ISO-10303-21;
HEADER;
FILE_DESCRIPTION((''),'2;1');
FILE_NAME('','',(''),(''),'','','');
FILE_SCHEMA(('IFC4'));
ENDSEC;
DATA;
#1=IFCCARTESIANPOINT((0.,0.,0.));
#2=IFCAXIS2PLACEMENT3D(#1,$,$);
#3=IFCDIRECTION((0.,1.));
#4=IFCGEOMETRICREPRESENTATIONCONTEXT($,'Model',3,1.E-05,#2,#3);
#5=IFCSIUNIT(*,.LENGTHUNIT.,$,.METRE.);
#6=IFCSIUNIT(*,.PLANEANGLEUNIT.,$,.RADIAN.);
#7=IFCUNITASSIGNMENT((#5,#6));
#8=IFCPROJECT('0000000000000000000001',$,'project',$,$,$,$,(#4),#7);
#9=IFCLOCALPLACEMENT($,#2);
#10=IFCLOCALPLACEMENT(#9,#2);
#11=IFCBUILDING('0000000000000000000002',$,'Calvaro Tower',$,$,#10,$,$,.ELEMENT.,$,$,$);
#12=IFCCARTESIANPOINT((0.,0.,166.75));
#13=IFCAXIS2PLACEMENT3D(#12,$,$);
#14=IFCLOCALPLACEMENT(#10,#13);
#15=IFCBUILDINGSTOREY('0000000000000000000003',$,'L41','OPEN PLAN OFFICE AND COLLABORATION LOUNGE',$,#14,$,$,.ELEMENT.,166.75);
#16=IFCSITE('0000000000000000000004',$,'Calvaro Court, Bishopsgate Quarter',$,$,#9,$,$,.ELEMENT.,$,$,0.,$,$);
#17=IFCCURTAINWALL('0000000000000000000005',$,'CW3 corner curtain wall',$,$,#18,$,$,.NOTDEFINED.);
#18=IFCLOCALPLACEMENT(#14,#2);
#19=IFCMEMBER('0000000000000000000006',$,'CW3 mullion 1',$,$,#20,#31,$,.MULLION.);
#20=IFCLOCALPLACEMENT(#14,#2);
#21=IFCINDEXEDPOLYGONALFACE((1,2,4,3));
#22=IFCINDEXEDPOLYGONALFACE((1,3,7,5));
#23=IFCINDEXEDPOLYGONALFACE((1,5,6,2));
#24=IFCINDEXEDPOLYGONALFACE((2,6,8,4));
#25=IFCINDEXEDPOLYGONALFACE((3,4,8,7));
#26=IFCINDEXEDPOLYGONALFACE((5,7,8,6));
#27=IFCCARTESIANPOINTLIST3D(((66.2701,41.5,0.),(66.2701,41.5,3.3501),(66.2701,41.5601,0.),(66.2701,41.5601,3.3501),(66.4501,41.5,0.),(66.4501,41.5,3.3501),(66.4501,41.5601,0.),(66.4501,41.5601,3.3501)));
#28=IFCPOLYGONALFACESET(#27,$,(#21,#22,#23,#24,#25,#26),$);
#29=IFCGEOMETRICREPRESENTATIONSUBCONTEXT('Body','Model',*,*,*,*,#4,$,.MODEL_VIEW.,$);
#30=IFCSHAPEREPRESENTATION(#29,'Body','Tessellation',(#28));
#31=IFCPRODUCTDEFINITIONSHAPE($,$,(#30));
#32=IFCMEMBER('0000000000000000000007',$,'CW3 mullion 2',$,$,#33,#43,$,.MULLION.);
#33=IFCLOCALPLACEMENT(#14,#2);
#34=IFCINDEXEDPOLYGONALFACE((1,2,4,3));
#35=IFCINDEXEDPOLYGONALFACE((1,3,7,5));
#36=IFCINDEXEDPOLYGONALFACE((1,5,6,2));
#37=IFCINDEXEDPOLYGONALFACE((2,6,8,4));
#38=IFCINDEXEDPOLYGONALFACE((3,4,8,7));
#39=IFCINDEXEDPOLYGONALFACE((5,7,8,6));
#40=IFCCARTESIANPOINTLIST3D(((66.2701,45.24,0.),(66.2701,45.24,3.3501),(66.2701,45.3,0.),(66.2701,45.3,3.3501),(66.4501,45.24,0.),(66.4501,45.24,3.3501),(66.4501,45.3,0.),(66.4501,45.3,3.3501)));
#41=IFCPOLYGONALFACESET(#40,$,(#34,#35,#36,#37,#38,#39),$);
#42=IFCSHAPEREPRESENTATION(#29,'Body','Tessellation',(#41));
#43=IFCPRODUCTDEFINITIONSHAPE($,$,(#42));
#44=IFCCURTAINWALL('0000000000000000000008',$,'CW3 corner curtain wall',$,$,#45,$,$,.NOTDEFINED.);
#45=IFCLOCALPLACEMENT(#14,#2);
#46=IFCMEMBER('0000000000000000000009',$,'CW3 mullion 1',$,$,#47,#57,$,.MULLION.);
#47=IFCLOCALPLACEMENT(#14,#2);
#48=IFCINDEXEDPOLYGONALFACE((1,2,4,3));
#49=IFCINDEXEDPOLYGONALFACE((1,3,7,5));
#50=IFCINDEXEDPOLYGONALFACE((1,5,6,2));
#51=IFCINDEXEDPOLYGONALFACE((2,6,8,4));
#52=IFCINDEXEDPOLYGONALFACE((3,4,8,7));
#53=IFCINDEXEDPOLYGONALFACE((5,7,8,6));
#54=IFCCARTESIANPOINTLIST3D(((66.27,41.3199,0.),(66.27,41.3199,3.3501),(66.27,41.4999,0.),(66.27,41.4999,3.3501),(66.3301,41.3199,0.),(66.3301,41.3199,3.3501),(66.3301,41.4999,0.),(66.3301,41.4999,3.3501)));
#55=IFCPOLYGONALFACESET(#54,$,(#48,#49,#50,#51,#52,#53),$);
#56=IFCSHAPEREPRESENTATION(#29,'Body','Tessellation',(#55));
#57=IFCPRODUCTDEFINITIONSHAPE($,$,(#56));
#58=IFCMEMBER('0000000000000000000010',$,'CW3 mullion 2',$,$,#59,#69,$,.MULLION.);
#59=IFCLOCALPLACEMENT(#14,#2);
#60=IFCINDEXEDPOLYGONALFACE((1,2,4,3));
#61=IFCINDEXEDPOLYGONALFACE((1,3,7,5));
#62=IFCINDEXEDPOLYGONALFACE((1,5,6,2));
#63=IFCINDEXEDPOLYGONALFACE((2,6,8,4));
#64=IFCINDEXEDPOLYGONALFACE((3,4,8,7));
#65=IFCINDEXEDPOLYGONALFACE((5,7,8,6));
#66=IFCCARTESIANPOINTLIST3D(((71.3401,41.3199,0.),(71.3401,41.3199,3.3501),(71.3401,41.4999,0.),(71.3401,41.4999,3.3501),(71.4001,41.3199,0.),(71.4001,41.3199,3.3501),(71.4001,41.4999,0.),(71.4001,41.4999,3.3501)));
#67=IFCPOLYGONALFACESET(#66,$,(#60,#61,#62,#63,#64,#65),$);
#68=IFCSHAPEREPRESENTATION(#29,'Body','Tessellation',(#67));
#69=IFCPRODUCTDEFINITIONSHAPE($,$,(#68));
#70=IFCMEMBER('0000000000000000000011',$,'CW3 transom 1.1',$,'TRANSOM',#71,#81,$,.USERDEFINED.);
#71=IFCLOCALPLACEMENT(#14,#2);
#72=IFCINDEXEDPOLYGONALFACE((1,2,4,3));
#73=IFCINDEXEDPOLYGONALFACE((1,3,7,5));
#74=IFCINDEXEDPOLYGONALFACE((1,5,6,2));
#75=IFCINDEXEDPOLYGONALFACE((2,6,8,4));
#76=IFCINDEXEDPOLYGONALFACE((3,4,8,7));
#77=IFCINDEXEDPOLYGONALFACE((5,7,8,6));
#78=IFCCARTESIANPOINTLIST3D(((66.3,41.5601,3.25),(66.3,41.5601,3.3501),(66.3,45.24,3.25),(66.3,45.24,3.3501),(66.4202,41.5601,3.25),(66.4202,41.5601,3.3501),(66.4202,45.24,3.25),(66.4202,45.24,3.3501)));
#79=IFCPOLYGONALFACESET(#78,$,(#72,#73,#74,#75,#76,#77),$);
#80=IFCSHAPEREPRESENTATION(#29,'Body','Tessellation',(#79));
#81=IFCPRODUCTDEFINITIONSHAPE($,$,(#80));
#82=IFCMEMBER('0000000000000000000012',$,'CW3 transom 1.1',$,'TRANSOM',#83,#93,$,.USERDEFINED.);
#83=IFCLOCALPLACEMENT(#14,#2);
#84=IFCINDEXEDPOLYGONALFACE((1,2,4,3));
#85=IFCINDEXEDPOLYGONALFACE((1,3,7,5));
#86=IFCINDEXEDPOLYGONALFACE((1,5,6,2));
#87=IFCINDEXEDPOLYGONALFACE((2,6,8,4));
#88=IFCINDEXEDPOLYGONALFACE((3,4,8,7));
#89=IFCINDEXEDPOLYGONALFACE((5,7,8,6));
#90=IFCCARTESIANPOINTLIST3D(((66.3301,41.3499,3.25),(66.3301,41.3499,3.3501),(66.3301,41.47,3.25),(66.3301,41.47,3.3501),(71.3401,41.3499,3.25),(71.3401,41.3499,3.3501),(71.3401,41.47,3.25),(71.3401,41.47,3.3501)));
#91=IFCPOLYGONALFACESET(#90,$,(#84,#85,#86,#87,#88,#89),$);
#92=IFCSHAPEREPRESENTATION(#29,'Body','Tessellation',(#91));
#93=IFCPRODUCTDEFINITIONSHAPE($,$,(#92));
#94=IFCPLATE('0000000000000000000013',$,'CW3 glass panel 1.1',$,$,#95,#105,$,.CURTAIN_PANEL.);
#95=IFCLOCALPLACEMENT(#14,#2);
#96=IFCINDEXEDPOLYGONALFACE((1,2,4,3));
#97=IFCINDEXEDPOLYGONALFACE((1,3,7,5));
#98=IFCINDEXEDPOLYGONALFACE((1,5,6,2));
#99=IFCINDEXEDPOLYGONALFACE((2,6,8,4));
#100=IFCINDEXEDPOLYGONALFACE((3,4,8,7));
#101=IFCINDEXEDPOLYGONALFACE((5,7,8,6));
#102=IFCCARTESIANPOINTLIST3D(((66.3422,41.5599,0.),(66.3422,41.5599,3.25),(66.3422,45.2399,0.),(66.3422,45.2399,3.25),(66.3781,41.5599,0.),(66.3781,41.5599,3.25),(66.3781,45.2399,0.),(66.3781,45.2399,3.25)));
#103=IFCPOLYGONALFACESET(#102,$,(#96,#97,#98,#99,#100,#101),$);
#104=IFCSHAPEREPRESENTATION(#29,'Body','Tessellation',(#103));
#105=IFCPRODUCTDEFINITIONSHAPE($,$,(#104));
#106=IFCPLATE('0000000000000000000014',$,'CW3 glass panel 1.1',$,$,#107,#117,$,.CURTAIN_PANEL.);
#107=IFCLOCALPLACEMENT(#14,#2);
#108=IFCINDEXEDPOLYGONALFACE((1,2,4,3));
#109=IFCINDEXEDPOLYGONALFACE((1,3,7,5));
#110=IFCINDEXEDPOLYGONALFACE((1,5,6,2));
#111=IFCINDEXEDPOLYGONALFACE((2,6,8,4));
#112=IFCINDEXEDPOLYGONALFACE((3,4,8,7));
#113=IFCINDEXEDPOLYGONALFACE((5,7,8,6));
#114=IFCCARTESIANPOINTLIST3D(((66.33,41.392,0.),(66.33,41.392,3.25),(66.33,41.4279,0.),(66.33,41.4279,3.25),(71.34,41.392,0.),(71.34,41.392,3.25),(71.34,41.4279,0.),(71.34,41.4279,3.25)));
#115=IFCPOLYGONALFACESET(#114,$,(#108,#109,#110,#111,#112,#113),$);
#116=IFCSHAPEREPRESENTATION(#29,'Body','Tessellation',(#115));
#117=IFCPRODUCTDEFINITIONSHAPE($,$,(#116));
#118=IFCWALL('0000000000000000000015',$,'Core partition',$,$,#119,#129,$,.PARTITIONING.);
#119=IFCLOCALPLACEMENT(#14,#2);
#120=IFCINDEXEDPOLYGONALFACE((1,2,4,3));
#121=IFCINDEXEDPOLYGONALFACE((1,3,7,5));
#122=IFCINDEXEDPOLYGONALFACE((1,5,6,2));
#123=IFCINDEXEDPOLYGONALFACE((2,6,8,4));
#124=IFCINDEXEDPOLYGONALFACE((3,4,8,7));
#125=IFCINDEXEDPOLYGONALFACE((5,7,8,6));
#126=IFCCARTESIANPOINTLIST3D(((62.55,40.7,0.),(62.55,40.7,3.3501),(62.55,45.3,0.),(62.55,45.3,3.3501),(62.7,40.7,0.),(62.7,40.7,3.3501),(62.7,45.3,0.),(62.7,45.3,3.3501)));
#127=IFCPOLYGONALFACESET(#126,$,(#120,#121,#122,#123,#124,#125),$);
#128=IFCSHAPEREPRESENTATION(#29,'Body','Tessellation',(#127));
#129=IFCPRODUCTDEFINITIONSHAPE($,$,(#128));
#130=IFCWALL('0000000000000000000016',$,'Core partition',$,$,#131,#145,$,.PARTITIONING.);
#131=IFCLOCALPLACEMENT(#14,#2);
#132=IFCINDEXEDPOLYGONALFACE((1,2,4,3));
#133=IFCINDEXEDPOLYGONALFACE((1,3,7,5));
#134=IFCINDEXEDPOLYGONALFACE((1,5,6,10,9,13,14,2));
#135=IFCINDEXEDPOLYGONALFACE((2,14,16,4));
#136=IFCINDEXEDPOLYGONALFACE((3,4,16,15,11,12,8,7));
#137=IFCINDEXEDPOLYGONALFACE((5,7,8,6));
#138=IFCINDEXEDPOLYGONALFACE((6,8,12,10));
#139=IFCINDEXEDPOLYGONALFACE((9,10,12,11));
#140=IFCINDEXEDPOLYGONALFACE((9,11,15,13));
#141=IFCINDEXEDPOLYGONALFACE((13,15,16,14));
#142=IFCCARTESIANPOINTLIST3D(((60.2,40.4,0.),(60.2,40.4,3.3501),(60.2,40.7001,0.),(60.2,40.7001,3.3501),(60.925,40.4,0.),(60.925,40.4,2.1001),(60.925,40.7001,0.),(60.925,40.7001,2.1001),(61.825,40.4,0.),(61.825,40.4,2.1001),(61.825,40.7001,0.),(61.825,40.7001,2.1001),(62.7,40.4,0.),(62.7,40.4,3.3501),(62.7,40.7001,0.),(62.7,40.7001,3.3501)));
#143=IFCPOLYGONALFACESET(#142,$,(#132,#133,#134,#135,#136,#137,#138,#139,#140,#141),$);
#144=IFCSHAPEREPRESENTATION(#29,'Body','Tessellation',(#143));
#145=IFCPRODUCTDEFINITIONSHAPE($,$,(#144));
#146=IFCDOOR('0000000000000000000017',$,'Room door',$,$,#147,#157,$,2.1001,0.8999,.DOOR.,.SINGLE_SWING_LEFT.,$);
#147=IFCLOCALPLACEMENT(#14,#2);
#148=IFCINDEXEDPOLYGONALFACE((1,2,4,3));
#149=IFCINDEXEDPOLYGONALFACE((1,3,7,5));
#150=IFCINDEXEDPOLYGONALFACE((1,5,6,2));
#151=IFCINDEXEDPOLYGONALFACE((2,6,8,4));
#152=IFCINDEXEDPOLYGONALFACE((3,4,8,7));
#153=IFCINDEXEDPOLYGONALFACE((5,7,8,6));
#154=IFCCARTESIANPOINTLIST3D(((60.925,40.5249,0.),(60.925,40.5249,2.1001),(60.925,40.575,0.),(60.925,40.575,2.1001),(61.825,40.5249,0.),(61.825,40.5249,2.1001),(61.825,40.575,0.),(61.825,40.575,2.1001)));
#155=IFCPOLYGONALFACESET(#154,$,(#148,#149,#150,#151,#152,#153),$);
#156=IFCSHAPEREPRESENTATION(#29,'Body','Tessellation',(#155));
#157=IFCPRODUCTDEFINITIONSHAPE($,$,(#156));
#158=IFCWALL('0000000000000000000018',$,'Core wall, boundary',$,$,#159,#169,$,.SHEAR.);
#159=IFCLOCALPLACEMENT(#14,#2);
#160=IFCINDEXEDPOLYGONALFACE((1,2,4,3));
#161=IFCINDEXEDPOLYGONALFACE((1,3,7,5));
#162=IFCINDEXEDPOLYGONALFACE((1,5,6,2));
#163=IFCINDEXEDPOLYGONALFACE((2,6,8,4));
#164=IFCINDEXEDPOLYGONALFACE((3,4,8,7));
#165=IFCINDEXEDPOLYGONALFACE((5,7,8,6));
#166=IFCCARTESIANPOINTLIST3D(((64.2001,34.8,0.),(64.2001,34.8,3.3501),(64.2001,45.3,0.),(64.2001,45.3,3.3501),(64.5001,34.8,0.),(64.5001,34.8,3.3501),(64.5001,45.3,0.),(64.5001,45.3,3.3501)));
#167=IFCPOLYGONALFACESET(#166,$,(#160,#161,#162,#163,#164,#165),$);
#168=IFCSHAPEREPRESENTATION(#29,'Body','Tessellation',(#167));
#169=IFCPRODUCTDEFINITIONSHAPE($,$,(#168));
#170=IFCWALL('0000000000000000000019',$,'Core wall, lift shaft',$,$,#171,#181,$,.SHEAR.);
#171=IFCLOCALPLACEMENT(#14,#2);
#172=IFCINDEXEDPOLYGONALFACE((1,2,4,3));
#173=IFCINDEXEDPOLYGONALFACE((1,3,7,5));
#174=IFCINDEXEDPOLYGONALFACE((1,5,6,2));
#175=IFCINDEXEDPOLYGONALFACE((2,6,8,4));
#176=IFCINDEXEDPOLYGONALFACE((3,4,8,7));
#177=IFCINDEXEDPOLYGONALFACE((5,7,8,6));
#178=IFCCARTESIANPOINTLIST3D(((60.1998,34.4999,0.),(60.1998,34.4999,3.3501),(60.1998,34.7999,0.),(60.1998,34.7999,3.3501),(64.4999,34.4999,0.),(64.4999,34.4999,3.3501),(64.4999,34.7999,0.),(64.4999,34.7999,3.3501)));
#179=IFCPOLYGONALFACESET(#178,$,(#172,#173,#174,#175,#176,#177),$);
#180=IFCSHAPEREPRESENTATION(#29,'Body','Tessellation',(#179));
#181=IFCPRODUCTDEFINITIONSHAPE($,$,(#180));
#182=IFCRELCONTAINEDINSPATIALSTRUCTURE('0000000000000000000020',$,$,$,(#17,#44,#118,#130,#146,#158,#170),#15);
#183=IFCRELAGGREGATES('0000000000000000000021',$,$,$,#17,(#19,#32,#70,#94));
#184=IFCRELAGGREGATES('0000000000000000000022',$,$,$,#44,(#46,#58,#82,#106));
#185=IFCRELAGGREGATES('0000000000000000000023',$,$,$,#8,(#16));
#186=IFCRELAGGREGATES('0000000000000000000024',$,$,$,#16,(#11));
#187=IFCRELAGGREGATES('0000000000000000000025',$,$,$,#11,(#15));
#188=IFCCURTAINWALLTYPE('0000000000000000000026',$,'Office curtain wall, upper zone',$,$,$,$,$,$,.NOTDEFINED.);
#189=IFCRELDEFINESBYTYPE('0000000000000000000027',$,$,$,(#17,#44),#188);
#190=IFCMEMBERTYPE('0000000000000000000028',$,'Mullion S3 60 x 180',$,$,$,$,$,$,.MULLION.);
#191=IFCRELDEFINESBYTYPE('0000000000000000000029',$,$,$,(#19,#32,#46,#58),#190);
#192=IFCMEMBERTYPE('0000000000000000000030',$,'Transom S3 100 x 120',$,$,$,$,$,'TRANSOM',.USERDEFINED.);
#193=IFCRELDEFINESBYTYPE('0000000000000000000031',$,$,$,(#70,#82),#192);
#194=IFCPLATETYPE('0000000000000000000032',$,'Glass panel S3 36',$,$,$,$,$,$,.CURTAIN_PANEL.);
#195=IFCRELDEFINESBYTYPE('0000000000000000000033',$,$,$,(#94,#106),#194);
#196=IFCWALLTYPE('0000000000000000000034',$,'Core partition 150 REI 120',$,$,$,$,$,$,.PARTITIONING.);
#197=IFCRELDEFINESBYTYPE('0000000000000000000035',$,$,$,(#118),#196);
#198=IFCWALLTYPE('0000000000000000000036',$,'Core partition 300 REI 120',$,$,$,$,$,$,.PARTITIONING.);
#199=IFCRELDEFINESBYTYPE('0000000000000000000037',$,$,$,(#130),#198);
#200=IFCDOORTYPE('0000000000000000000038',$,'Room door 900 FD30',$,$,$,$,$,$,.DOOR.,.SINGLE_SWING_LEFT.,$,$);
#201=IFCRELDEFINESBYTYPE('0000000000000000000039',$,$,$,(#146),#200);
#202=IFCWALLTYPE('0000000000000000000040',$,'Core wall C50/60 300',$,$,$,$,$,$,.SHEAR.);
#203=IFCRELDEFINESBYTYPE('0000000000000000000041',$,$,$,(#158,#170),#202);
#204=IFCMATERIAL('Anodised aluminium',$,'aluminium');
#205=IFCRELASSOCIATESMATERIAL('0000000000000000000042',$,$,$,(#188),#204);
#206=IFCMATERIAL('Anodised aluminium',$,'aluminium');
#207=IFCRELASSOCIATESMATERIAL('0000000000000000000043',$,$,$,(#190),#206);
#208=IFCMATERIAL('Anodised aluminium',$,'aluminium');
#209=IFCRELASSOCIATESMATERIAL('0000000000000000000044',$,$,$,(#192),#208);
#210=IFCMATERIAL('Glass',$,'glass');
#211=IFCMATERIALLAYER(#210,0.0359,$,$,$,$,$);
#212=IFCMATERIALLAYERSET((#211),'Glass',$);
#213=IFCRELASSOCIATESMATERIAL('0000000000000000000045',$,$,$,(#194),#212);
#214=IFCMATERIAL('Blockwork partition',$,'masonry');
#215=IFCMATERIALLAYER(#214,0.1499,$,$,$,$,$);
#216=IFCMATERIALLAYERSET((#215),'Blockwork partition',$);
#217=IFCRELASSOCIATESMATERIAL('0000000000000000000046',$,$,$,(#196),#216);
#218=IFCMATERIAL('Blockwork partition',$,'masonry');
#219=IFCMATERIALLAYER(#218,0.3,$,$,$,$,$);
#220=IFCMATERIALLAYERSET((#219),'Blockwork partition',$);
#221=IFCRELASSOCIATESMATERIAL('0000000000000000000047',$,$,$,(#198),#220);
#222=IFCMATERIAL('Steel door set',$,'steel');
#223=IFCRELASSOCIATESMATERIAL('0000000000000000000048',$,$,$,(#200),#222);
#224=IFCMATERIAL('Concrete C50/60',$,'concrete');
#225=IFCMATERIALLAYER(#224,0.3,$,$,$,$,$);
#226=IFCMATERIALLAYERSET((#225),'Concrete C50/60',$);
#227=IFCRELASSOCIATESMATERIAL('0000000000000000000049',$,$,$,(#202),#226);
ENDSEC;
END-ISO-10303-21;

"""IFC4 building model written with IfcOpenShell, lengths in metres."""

from ifc_helpers import new_model, si_unit, direction, frame, frame_2d, origin, origin_2d, place, context, subcontext, project, spatial, rectangle, extrude, material, layer, layer_set, material_profile, profile_set, type_object, element, fill, aggregate, save


model = new_model("IFC4")

# Units and contexts
model_context = context("Model", 3, precision=1e-05, world=origin(), true_north=direction((0.0, 1.0)))
body_context = subcontext(model_context, "Body", "Model", "MODEL_VIEW")
ifc_project = project(units=[si_unit("LENGTHUNIT", "METRE"), si_unit("PLANEANGLEUNIT", "RADIAN")], contexts=[model_context])

# Site, building, storey
site_placement = place(None, origin())
site = spatial("IfcSite", under=ifc_project, at=site_placement, Name="Calvaro Court, Bishopsgate Quarter", CompositionType="ELEMENT", RefElevation=0.0)
building_placement = place(site_placement, origin())
building = spatial("IfcBuilding", under=site, at=building_placement, Name="Calvaro Tower", CompositionType="ELEMENT")
storey_placement = place(building_placement, frame((0.0, 0.0, 166.75)))
storey = spatial("IfcBuildingStorey", under=building, at=storey_placement, Name="L41", Description="OPEN PLAN OFFICE AND COLLABORATION LOUNGE", CompositionType="ELEMENT", Elevation=166.75)

# Curtain walls, members
ifc_material_1 = material(Name="Anodised aluminium", Category="aluminium")
curtain_wall_type = type_object("IfcCurtainWallType", Name="Office curtain wall, upper zone", PredefinedType="NOTDEFINED", material=ifc_material_1)
curtain_wall_1_placement = place(storey_placement, origin())
curtain_wall_1 = element("IfcCurtainWall", 1, at=curtain_wall_1_placement, inside=storey, type_object=curtain_wall_type, Name="CW3 corner curtain wall", PredefinedType="NOTDEFINED")
ifc_material_2 = material(Name="Anodised aluminium", Category="aluminium")
ifc_material_profile_1 = material_profile(ifc_material_2, rectangle(XDim=0.1799, YDim=0.0601, at=origin_2d()), Name="Mullion S3 60 x 180")
ifc_profile_set_1 = profile_set([ifc_material_profile_1], Name="Anodised aluminium")
member_type_1 = type_object("IfcMemberType", Name="Mullion S3 60 x 180", PredefinedType="MULLION", material=ifc_profile_set_1)
member_1_placement = place(storey_placement, frame((66.3601, 41.53, 0.0), z_axis=(0.0, 0.0, 1.0), x_axis=(-1.0, 0.0, 0.0)))
member_1 = element("IfcMember", 2, at=member_1_placement, type_object=member_type_1, Name="CW3 mullion 1", PredefinedType="MULLION", context=body_context, shape_type="SweptSolid", body=[
    extrude(rectangle(XDim=0.1799, YDim=0.0601, at=origin_2d()), origin(), (0.0, 0.0, 1.0), 3.3501),
])
member_2_placement = place(storey_placement, frame((66.3601, 45.27, 0.0), z_axis=(0.0, 0.0, 1.0), x_axis=(-1.0, 0.0, 0.0)))
member_2 = element("IfcMember", 3, at=member_2_placement, type_object=member_type_1, Name="CW3 mullion 2", PredefinedType="MULLION", context=body_context, shape_type="SweptSolid", body=[
    extrude(rectangle(XDim=0.1799, YDim=0.0601, at=origin_2d()), origin(), (0.0, 0.0, 1.0), 3.3501),
])
curtain_wall_2_placement = place(storey_placement, origin())
curtain_wall_2 = element("IfcCurtainWall", 4, at=curtain_wall_2_placement, inside=storey, type_object=curtain_wall_type, Name="CW3 corner curtain wall", PredefinedType="NOTDEFINED")
member_3_placement = place(storey_placement, frame((66.3, 41.4099, 0.0), z_axis=(0.0, 0.0, 1.0), x_axis=(0.0, 1.0, 0.0)))
member_3 = element("IfcMember", 5, at=member_3_placement, type_object=member_type_1, Name="CW3 mullion 1", PredefinedType="MULLION", context=body_context, shape_type="SweptSolid", body=[
    extrude(rectangle(XDim=0.1799, YDim=0.0601, at=origin_2d()), origin(), (0.0, 0.0, 1.0), 3.3501),
])
member_4_placement = place(storey_placement, frame((71.3701, 41.4099, 0.0), z_axis=(0.0, 0.0, 1.0), x_axis=(0.0, 1.0, 0.0)))
member_4 = element("IfcMember", 6, at=member_4_placement, type_object=member_type_1, Name="CW3 mullion 2", PredefinedType="MULLION", context=body_context, shape_type="SweptSolid", body=[
    extrude(rectangle(XDim=0.1799, YDim=0.0601, at=origin_2d()), origin(), (0.0, 0.0, 1.0), 3.3501),
])

# Members
ifc_material_3 = material(Name="Anodised aluminium", Category="aluminium")
ifc_material_profile_2 = material_profile(ifc_material_3, rectangle(XDim=0.1201, YDim=0.1001, at=origin_2d()), Name="Transom S3 100 x 120")
ifc_profile_set_2 = profile_set([ifc_material_profile_2], Name="Anodised aluminium")
member_type_2 = type_object("IfcMemberType", Name="Transom S3 100 x 120", ElementType="TRANSOM", PredefinedType="USERDEFINED", material=ifc_profile_set_2)
member_5_placement = place(storey_placement, frame((66.3601, 41.5601, 3.3), z_axis=(0.0, 1.0, 0.0), x_axis=(-1.0, 0.0, 0.0)))
member_5 = element("IfcMember", 7, at=member_5_placement, type_object=member_type_2, Name="CW3 transom 1.1", ObjectType="TRANSOM", PredefinedType="USERDEFINED", context=body_context, shape_type="SweptSolid", body=[
    extrude(rectangle(XDim=0.1201, YDim=0.1001, at=origin_2d()), origin(), (0.0, 0.0, 1.0), 3.6799),
])
member_6_placement = place(storey_placement, frame((66.3301, 41.4099, 3.3), z_axis=(1.0, 0.0, 0.0), x_axis=(0.0, 1.0, 0.0)))
member_6 = element("IfcMember", 8, at=member_6_placement, type_object=member_type_2, Name="CW3 transom 1.1", ObjectType="TRANSOM", PredefinedType="USERDEFINED", context=body_context, shape_type="SweptSolid", body=[
    extrude(rectangle(XDim=0.1201, YDim=0.1001, at=origin_2d()), origin(), (0.0, 0.0, 1.0), 5.01),
])

# Plates
ifc_material_4 = material(Name="Glass", Category="glass")
ifc_layer_1 = layer(ifc_material_4, 0.0359)
ifc_layer_set_1 = layer_set([ifc_layer_1], Name="Glass")
plate_type = type_object("IfcPlateType", Name="Glass panel S3 36", PredefinedType="CURTAIN_PANEL", material=ifc_layer_set_1)
plate_1_placement = place(storey_placement, frame((66.3601, 43.3999, 0.0), z_axis=(0.0, 0.0, 1.0), x_axis=(0.0, 1.0, 0.0)))
plate_1 = element("IfcPlate", 9, at=plate_1_placement, type_object=plate_type, Name="CW3 glass panel 1.1", PredefinedType="CURTAIN_PANEL", context=body_context, shape_type="SweptSolid", body=[
    extrude(rectangle(XDim=3.6799, YDim=0.0359, at=origin_2d()), origin(), (0.0, 0.0, 1.0), 3.25),
])
aggregate(curtain_wall_1, [member_1, member_2, member_5, plate_1])
plate_2_placement = place(storey_placement, frame((68.835, 41.4099, 0.0), z_axis=(0.0, 0.0, 1.0), x_axis=(1.0, 0.0, 0.0)))
plate_2 = element("IfcPlate", 10, at=plate_2_placement, type_object=plate_type, Name="CW3 glass panel 1.1", PredefinedType="CURTAIN_PANEL", context=body_context, shape_type="SweptSolid", body=[
    extrude(rectangle(XDim=5.01, YDim=0.0359, at=origin_2d()), origin(), (0.0, 0.0, 1.0), 3.25),
])
aggregate(curtain_wall_2, [member_3, member_4, member_6, plate_2])

# Wall
ifc_material_5 = material(Name="Blockwork partition", Category="masonry")
ifc_layer_2 = layer(ifc_material_5, 0.1499)
ifc_layer_set_2 = layer_set([ifc_layer_2], Name="Blockwork partition")
wall_type_1 = type_object("IfcWallType", Name="Core partition 150 REI 120", PredefinedType="PARTITIONING", material=ifc_layer_set_2)
wall_1_placement = place(storey_placement, frame((62.625, 40.7, 0.0), z_axis=(0.0, 0.0, 1.0), x_axis=(0.0, 1.0, 0.0)))
element("IfcWall", 11, at=wall_1_placement, inside=storey, type_object=wall_type_1, Name="Core partition", PredefinedType="PARTITIONING", context=body_context, shape_type="SweptSolid", body=[
    extrude(rectangle(XDim=4.6001, YDim=0.1499, at=frame_2d((2.3, 0.0))), origin(), (0.0, 0.0, 1.0), 3.3501),
])

# Wall, opening, door
ifc_material_6 = material(Name="Blockwork partition", Category="masonry")
ifc_layer_3 = layer(ifc_material_6, 0.3)
ifc_layer_set_3 = layer_set([ifc_layer_3], Name="Blockwork partition")
wall_type_2 = type_object("IfcWallType", Name="Core partition 300 REI 120", PredefinedType="PARTITIONING", material=ifc_layer_set_3)
wall_2_placement = place(storey_placement, frame((60.2, 40.55, 0.0), z_axis=(0.0, 0.0, 1.0), x_axis=(1.0, 0.0, 0.0)))
wall_2 = element("IfcWall", 12, at=wall_2_placement, inside=storey, type_object=wall_type_2, Name="Core partition", PredefinedType="PARTITIONING", context=body_context, shape_type="SweptSolid", body=[
    extrude(rectangle(XDim=2.5, YDim=0.3, at=frame_2d((1.25, 0.0))), origin(), (0.0, 0.0, 1.0), 3.3501),
])
opening_1_placement = place(wall_2_placement, frame((0.7251, 0.0, 0.0)))
opening_1 = element("IfcOpeningElement", 13, at=opening_1_placement, cuts=wall_2, PredefinedType="OPENING", context=body_context, shape_type="SweptSolid", body=[
    extrude(rectangle(XDim=0.8999, YDim=2.1001, at=frame_2d((0.45, 1.05))), frame((0.0, 0.1599, 0.0), z_axis=(0.0, -1.0, 0.0), x_axis=(1.0, 0.0, 0.0)), (0.0, 0.0, 1.0), 0.3201),
])
ifc_material_7 = material(Name="Steel door set", Category="steel")
door_type_1 = type_object("IfcDoorType", Name="Room door 900 FD30", OperationType="SINGLE_SWING_LEFT", PredefinedType="DOOR", material=ifc_material_7)
door_1_placement = place(opening_1_placement, origin())
door_1 = element("IfcDoor", 14, at=door_1_placement, inside=storey, type_object=door_type_1, Name="Room door", OperationType="SINGLE_SWING_LEFT", OverallHeight=2.1001, OverallWidth=0.8999, PredefinedType="DOOR", context=body_context, shape_type="SweptSolid", body=[
    extrude(rectangle(XDim=0.8999, YDim=2.1001, at=frame_2d((0.45, 1.05))), frame((0.0, 0.0249, 0.0), z_axis=(0.0, -1.0, 0.0), x_axis=(1.0, 0.0, 0.0)), (0.0, 0.0, 1.0), 0.05),
])
fill(opening_1, door_1)

# Walls
ifc_material_8 = material(Name="Concrete C50/60", Category="concrete")
ifc_layer_4 = layer(ifc_material_8, 0.3)
ifc_layer_set_4 = layer_set([ifc_layer_4], Name="Concrete C50/60")
wall_type_3 = type_object("IfcWallType", Name="Core wall C50/60 300", PredefinedType="SHEAR", material=ifc_layer_set_4)
wall_3_placement = place(storey_placement, frame((64.3501, 34.8, 0.0), z_axis=(0.0, 0.0, 1.0), x_axis=(0.0, 1.0, 0.0)))
element("IfcWall", 15, at=wall_3_placement, inside=storey, type_object=wall_type_3, Name="Core wall, boundary", PredefinedType="SHEAR", context=body_context, shape_type="SweptSolid", body=[
    extrude(rectangle(XDim=10.5, YDim=0.3, at=frame_2d((5.25, 0.0))), origin(), (0.0, 0.0, 1.0), 3.3501),
])
wall_4_placement = place(storey_placement, frame((60.2, 34.6499, 0.0), z_axis=(0.0, 0.0, 1.0), x_axis=(1.0, 0.0, 0.0)))
element("IfcWall", 16, at=wall_4_placement, inside=storey, type_object=wall_type_3, Name="Core wall, lift shaft", PredefinedType="SHEAR", context=body_context, shape_type="SweptSolid", body=[
    extrude(rectangle(XDim=4.3, YDim=0.3, at=frame_2d((2.1499, 0.0))), origin(), (0.0, 0.0, 1.0), 3.3501),
])

save(model, "model.ifc")
